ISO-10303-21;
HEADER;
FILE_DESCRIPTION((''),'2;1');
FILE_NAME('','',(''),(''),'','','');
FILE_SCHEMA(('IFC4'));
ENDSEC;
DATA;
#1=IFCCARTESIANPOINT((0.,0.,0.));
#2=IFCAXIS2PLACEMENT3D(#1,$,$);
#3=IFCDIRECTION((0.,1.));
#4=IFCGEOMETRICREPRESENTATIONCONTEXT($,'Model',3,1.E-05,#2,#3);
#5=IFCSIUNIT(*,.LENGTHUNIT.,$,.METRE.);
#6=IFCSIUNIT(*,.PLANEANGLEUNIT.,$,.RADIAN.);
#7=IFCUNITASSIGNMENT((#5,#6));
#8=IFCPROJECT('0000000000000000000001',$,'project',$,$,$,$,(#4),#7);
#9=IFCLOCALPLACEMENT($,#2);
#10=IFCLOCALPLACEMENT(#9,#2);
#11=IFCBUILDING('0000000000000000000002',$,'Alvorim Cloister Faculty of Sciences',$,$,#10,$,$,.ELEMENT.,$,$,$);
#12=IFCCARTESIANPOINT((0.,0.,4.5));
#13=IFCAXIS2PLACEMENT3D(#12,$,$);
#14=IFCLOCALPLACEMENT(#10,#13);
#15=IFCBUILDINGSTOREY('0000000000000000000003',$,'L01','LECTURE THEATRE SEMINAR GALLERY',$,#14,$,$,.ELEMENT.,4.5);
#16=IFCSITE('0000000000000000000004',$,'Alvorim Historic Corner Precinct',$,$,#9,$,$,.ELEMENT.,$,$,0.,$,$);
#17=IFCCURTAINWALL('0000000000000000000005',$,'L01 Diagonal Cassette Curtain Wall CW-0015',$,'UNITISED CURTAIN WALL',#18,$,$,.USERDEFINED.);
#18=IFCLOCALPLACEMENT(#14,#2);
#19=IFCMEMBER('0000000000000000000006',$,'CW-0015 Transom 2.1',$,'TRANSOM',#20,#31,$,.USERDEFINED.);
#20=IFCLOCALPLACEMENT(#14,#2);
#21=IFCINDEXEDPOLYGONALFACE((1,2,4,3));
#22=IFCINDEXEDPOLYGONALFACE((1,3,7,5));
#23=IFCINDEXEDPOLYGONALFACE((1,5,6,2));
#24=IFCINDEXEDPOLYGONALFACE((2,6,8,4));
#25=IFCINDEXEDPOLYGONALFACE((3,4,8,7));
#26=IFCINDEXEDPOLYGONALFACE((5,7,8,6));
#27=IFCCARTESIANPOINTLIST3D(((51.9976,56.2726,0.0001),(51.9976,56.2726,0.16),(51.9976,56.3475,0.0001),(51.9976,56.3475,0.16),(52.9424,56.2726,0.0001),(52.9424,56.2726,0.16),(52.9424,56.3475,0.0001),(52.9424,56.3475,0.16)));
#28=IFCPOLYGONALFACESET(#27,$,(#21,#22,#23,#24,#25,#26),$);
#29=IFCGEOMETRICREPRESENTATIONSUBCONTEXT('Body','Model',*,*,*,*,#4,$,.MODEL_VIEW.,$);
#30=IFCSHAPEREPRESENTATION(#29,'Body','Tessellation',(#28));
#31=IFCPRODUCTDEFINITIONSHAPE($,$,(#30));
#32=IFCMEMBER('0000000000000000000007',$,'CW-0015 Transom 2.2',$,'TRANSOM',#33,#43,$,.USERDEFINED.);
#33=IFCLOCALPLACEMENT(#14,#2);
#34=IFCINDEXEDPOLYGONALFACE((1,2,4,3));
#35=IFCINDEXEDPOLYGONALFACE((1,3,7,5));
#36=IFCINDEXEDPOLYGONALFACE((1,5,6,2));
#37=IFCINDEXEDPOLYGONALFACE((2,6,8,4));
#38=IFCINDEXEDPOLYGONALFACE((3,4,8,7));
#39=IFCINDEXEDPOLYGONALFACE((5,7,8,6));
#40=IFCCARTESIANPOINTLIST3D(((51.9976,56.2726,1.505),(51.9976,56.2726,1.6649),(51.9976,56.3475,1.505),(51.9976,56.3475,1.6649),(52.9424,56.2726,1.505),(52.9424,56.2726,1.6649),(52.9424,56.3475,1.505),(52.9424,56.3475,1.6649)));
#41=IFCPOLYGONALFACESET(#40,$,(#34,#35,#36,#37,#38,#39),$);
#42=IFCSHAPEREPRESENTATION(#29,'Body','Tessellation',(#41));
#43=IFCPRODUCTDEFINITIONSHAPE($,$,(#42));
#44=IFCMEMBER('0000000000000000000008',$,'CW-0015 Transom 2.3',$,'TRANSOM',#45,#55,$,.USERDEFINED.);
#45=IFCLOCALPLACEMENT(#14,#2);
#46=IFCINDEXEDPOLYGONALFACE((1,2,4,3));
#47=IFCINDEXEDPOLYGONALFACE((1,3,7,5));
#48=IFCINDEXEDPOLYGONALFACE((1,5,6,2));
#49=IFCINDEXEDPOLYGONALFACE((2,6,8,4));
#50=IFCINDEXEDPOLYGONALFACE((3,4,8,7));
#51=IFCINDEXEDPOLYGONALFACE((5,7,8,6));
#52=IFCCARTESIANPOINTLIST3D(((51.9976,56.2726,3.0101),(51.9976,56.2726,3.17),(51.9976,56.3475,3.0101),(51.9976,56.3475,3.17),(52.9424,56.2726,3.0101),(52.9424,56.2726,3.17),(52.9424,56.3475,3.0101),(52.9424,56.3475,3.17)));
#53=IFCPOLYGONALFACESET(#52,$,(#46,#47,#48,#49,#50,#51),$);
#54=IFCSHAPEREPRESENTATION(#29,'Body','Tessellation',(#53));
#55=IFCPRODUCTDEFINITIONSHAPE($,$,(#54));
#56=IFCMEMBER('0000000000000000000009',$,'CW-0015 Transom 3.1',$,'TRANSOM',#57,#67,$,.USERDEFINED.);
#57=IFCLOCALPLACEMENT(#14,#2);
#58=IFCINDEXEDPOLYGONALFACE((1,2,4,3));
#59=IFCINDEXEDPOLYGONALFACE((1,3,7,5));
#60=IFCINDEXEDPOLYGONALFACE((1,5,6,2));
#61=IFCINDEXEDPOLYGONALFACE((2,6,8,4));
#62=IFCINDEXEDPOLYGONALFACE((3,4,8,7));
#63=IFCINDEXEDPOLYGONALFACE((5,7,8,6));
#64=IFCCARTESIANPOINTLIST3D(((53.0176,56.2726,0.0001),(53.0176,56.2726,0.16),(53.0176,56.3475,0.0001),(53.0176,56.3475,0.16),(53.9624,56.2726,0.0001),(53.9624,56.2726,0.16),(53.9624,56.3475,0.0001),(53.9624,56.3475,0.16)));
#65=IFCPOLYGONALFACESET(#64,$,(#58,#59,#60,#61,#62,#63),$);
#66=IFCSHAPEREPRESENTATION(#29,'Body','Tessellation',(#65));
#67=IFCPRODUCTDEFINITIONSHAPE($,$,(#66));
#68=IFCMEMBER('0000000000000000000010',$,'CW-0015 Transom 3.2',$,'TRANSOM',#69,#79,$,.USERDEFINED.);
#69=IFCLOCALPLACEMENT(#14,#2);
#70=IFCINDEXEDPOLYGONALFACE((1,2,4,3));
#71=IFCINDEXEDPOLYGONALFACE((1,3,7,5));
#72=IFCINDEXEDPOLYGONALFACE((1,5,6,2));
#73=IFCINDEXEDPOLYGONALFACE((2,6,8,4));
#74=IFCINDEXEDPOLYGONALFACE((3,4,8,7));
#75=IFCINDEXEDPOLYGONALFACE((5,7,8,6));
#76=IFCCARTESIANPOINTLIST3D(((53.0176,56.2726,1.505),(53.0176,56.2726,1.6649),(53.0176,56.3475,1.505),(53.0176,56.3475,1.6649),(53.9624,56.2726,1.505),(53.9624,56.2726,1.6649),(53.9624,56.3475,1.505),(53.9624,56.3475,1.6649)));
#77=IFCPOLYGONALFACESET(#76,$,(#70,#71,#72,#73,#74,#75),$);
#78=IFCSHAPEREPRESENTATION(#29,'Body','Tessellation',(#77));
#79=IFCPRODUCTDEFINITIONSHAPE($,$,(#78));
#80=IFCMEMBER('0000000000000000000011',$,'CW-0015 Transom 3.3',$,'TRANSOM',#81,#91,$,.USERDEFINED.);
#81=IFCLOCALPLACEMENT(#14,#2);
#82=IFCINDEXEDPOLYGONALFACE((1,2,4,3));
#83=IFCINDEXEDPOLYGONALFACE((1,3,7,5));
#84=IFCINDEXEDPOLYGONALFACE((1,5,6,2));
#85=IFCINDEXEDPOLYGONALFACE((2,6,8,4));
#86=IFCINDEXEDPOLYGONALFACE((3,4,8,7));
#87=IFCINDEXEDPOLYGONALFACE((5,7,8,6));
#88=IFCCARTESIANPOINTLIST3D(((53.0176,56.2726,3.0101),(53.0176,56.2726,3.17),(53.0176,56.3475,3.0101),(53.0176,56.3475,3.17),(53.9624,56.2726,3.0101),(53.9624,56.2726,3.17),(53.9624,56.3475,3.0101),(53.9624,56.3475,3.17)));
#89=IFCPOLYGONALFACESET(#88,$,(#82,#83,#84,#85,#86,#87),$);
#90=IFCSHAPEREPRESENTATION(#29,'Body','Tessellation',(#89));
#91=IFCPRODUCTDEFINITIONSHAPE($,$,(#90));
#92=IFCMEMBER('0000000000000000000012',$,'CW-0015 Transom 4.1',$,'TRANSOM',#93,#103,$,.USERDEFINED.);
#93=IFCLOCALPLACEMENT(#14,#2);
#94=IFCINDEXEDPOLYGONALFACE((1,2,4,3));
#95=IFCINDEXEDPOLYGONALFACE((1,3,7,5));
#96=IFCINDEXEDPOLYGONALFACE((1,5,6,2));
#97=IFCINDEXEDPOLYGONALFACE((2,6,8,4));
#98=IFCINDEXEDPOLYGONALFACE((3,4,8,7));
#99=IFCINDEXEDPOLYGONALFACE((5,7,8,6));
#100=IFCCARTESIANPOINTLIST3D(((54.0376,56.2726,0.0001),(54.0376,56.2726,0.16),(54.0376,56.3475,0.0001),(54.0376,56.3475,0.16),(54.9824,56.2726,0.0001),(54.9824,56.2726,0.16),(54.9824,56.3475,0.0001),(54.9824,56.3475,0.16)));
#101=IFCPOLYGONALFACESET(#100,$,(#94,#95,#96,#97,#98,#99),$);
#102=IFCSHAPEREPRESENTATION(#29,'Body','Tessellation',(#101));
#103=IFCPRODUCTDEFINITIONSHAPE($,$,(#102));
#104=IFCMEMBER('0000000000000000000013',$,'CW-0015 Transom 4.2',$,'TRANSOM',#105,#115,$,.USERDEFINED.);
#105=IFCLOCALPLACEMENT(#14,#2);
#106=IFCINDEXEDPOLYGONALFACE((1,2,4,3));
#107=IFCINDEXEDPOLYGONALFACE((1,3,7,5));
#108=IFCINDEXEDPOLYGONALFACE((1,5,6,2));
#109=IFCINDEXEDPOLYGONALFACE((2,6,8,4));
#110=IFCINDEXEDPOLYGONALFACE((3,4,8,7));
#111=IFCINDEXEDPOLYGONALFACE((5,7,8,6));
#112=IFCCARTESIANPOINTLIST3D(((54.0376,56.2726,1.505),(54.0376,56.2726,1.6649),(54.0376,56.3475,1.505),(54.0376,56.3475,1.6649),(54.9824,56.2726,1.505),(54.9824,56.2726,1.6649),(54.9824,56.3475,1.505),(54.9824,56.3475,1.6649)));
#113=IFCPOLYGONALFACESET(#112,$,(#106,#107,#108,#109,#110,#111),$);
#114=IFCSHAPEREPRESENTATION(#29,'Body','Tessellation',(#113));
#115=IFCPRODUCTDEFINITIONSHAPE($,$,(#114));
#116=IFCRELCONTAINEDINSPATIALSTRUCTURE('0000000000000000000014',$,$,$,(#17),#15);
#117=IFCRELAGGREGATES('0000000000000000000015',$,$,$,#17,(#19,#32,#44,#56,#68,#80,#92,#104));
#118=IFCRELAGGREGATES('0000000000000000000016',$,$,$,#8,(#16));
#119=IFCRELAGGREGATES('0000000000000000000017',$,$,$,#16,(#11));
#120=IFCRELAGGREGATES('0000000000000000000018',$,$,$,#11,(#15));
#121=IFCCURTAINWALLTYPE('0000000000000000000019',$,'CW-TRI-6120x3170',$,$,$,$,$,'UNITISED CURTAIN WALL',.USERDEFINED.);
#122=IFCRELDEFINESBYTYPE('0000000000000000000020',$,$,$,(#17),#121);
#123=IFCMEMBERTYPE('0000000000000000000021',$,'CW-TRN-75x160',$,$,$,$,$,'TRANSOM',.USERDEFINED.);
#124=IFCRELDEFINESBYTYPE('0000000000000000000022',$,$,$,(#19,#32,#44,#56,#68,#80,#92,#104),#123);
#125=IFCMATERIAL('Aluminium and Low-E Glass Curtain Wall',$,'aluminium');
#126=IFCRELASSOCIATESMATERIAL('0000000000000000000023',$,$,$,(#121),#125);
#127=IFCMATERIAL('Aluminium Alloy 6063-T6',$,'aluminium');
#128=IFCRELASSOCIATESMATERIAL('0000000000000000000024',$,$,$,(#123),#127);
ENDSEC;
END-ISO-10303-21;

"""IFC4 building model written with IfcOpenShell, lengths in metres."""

from ifc_helpers import new_model, si_unit, direction, frame, origin, origin_2d, place, context, subcontext, project, spatial, rectangle, extrude, material, material_profile, profile_set, type_object, element, aggregate, save


model = new_model("IFC4")

# Units and contexts
model_context = context("Model", 3, precision=1e-05, world=origin(), true_north=direction((0.0, 1.0)))
body_context = subcontext(model_context, "Body", "Model", "MODEL_VIEW")
ifc_project = project(units=[si_unit("LENGTHUNIT", "METRE"), si_unit("PLANEANGLEUNIT", "RADIAN")], contexts=[model_context])

# Site, building, storey
site_placement = place(None, origin())
site = spatial("IfcSite", under=ifc_project, at=site_placement, Name="Alvorim Historic Corner Precinct", CompositionType="ELEMENT", RefElevation=0.0)
building_placement = place(site_placement, origin())
building = spatial("IfcBuilding", under=site, at=building_placement, Name="Alvorim Cloister Faculty of Sciences", CompositionType="ELEMENT")
storey_placement = place(building_placement, frame((0.0, 0.0, 4.5)))
storey = spatial("IfcBuildingStorey", under=building, at=storey_placement, Name="L01", Description="LECTURE THEATRE SEMINAR GALLERY", CompositionType="ELEMENT", Elevation=4.5)

# Curtain wall, members
ifc_material_1 = material(Name="Aluminium and Low-E Glass Curtain Wall", Category="aluminium")
curtain_wall_type = type_object("IfcCurtainWallType", Name="CW-TRI-6120x3170", ElementType="UNITISED CURTAIN WALL", PredefinedType="USERDEFINED", material=ifc_material_1)
curtain_wall_placement = place(storey_placement, origin())
curtain_wall = element("IfcCurtainWall", 1, at=curtain_wall_placement, inside=storey, type_object=curtain_wall_type, Name="L01 Diagonal Cassette Curtain Wall CW-0015", ObjectType="UNITISED CURTAIN WALL", PredefinedType="USERDEFINED")
ifc_material_2 = material(Name="Aluminium Alloy 6063-T6", Category="aluminium")
ifc_material_profile_1 = material_profile(ifc_material_2, rectangle(XDim=0.075, YDim=0.1599, at=origin_2d()), Name="ALU-TRN-75x160")
ifc_profile_set_1 = profile_set([ifc_material_profile_1], Name="Aluminium Alloy 6063-T6")
member_type_1 = type_object("IfcMemberType", Name="CW-TRN-75x160", ElementType="TRANSOM", PredefinedType="USERDEFINED", material=ifc_profile_set_1)
member_1_placement = place(storey_placement, frame((51.9976, 56.3101, 0.0801), z_axis=(1.0, 0.0, 0.0), x_axis=(0.0, 1.0, 0.0)))
member_1 = element("IfcMember", 2, at=member_1_placement, type_object=member_type_1, Name="CW-0015 Transom 2.1", ObjectType="TRANSOM", PredefinedType="USERDEFINED", context=body_context, shape_type="SweptSolid", body=[
    extrude(rectangle(XDim=0.075, YDim=0.1599, at=origin_2d()), origin(), (0.0, 0.0, 1.0), 0.9448),
])
member_2_placement = place(storey_placement, frame((51.9976, 56.3101, 1.585), z_axis=(1.0, 0.0, 0.0), x_axis=(0.0, 1.0, 0.0)))
member_2 = element("IfcMember", 3, at=member_2_placement, type_object=member_type_1, Name="CW-0015 Transom 2.2", ObjectType="TRANSOM", PredefinedType="USERDEFINED", context=body_context, shape_type="SweptSolid", body=[
    extrude(rectangle(XDim=0.075, YDim=0.1599, at=origin_2d()), origin(), (0.0, 0.0, 1.0), 0.9448),
])
member_3_placement = place(storey_placement, frame((51.9976, 56.3101, 3.0901), z_axis=(1.0, 0.0, 0.0), x_axis=(0.0, 1.0, 0.0)))
member_3 = element("IfcMember", 4, at=member_3_placement, type_object=member_type_1, Name="CW-0015 Transom 2.3", ObjectType="TRANSOM", PredefinedType="USERDEFINED", context=body_context, shape_type="SweptSolid", body=[
    extrude(rectangle(XDim=0.075, YDim=0.1599, at=origin_2d()), origin(), (0.0, 0.0, 1.0), 0.9448),
])
member_4_placement = place(storey_placement, frame((53.0176, 56.3101, 0.0801), z_axis=(1.0, 0.0, 0.0), x_axis=(0.0, 1.0, 0.0)))
member_4 = element("IfcMember", 5, at=member_4_placement, type_object=member_type_1, Name="CW-0015 Transom 3.1", ObjectType="TRANSOM", PredefinedType="USERDEFINED", context=body_context, shape_type="SweptSolid", body=[
    extrude(rectangle(XDim=0.075, YDim=0.1599, at=origin_2d()), origin(), (0.0, 0.0, 1.0), 0.9448),
])
member_5_placement = place(storey_placement, frame((53.0176, 56.3101, 1.585), z_axis=(1.0, 0.0, 0.0), x_axis=(0.0, 1.0, 0.0)))
member_5 = element("IfcMember", 6, at=member_5_placement, type_object=member_type_1, Name="CW-0015 Transom 3.2", ObjectType="TRANSOM", PredefinedType="USERDEFINED", context=body_context, shape_type="SweptSolid", body=[
    extrude(rectangle(XDim=0.075, YDim=0.1599, at=origin_2d()), origin(), (0.0, 0.0, 1.0), 0.9448),
])
member_6_placement = place(storey_placement, frame((53.0176, 56.3101, 3.0901), z_axis=(1.0, 0.0, 0.0), x_axis=(0.0, 1.0, 0.0)))
member_6 = element("IfcMember", 7, at=member_6_placement, type_object=member_type_1, Name="CW-0015 Transom 3.3", ObjectType="TRANSOM", PredefinedType="USERDEFINED", context=body_context, shape_type="SweptSolid", body=[
    extrude(rectangle(XDim=0.075, YDim=0.1599, at=origin_2d()), origin(), (0.0, 0.0, 1.0), 0.9448),
])
member_7_placement = place(storey_placement, frame((54.0376, 56.3101, 0.0801), z_axis=(1.0, 0.0, 0.0), x_axis=(0.0, 1.0, 0.0)))
member_7 = element("IfcMember", 8, at=member_7_placement, type_object=member_type_1, Name="CW-0015 Transom 4.1", ObjectType="TRANSOM", PredefinedType="USERDEFINED", context=body_context, shape_type="SweptSolid", body=[
    extrude(rectangle(XDim=0.075, YDim=0.1599, at=origin_2d()), origin(), (0.0, 0.0, 1.0), 0.9448),
])
member_8_placement = place(storey_placement, frame((54.0376, 56.3101, 1.585), z_axis=(1.0, 0.0, 0.0), x_axis=(0.0, 1.0, 0.0)))
member_8 = element("IfcMember", 9, at=member_8_placement, type_object=member_type_1, Name="CW-0015 Transom 4.2", ObjectType="TRANSOM", PredefinedType="USERDEFINED", context=body_context, shape_type="SweptSolid", body=[
    extrude(rectangle(XDim=0.075, YDim=0.1599, at=origin_2d()), origin(), (0.0, 0.0, 1.0), 0.9448),
])
aggregate(curtain_wall, [member_1, member_2, member_3, member_4, member_5, member_6, member_7, member_8])

save(model, "model.ifc")
